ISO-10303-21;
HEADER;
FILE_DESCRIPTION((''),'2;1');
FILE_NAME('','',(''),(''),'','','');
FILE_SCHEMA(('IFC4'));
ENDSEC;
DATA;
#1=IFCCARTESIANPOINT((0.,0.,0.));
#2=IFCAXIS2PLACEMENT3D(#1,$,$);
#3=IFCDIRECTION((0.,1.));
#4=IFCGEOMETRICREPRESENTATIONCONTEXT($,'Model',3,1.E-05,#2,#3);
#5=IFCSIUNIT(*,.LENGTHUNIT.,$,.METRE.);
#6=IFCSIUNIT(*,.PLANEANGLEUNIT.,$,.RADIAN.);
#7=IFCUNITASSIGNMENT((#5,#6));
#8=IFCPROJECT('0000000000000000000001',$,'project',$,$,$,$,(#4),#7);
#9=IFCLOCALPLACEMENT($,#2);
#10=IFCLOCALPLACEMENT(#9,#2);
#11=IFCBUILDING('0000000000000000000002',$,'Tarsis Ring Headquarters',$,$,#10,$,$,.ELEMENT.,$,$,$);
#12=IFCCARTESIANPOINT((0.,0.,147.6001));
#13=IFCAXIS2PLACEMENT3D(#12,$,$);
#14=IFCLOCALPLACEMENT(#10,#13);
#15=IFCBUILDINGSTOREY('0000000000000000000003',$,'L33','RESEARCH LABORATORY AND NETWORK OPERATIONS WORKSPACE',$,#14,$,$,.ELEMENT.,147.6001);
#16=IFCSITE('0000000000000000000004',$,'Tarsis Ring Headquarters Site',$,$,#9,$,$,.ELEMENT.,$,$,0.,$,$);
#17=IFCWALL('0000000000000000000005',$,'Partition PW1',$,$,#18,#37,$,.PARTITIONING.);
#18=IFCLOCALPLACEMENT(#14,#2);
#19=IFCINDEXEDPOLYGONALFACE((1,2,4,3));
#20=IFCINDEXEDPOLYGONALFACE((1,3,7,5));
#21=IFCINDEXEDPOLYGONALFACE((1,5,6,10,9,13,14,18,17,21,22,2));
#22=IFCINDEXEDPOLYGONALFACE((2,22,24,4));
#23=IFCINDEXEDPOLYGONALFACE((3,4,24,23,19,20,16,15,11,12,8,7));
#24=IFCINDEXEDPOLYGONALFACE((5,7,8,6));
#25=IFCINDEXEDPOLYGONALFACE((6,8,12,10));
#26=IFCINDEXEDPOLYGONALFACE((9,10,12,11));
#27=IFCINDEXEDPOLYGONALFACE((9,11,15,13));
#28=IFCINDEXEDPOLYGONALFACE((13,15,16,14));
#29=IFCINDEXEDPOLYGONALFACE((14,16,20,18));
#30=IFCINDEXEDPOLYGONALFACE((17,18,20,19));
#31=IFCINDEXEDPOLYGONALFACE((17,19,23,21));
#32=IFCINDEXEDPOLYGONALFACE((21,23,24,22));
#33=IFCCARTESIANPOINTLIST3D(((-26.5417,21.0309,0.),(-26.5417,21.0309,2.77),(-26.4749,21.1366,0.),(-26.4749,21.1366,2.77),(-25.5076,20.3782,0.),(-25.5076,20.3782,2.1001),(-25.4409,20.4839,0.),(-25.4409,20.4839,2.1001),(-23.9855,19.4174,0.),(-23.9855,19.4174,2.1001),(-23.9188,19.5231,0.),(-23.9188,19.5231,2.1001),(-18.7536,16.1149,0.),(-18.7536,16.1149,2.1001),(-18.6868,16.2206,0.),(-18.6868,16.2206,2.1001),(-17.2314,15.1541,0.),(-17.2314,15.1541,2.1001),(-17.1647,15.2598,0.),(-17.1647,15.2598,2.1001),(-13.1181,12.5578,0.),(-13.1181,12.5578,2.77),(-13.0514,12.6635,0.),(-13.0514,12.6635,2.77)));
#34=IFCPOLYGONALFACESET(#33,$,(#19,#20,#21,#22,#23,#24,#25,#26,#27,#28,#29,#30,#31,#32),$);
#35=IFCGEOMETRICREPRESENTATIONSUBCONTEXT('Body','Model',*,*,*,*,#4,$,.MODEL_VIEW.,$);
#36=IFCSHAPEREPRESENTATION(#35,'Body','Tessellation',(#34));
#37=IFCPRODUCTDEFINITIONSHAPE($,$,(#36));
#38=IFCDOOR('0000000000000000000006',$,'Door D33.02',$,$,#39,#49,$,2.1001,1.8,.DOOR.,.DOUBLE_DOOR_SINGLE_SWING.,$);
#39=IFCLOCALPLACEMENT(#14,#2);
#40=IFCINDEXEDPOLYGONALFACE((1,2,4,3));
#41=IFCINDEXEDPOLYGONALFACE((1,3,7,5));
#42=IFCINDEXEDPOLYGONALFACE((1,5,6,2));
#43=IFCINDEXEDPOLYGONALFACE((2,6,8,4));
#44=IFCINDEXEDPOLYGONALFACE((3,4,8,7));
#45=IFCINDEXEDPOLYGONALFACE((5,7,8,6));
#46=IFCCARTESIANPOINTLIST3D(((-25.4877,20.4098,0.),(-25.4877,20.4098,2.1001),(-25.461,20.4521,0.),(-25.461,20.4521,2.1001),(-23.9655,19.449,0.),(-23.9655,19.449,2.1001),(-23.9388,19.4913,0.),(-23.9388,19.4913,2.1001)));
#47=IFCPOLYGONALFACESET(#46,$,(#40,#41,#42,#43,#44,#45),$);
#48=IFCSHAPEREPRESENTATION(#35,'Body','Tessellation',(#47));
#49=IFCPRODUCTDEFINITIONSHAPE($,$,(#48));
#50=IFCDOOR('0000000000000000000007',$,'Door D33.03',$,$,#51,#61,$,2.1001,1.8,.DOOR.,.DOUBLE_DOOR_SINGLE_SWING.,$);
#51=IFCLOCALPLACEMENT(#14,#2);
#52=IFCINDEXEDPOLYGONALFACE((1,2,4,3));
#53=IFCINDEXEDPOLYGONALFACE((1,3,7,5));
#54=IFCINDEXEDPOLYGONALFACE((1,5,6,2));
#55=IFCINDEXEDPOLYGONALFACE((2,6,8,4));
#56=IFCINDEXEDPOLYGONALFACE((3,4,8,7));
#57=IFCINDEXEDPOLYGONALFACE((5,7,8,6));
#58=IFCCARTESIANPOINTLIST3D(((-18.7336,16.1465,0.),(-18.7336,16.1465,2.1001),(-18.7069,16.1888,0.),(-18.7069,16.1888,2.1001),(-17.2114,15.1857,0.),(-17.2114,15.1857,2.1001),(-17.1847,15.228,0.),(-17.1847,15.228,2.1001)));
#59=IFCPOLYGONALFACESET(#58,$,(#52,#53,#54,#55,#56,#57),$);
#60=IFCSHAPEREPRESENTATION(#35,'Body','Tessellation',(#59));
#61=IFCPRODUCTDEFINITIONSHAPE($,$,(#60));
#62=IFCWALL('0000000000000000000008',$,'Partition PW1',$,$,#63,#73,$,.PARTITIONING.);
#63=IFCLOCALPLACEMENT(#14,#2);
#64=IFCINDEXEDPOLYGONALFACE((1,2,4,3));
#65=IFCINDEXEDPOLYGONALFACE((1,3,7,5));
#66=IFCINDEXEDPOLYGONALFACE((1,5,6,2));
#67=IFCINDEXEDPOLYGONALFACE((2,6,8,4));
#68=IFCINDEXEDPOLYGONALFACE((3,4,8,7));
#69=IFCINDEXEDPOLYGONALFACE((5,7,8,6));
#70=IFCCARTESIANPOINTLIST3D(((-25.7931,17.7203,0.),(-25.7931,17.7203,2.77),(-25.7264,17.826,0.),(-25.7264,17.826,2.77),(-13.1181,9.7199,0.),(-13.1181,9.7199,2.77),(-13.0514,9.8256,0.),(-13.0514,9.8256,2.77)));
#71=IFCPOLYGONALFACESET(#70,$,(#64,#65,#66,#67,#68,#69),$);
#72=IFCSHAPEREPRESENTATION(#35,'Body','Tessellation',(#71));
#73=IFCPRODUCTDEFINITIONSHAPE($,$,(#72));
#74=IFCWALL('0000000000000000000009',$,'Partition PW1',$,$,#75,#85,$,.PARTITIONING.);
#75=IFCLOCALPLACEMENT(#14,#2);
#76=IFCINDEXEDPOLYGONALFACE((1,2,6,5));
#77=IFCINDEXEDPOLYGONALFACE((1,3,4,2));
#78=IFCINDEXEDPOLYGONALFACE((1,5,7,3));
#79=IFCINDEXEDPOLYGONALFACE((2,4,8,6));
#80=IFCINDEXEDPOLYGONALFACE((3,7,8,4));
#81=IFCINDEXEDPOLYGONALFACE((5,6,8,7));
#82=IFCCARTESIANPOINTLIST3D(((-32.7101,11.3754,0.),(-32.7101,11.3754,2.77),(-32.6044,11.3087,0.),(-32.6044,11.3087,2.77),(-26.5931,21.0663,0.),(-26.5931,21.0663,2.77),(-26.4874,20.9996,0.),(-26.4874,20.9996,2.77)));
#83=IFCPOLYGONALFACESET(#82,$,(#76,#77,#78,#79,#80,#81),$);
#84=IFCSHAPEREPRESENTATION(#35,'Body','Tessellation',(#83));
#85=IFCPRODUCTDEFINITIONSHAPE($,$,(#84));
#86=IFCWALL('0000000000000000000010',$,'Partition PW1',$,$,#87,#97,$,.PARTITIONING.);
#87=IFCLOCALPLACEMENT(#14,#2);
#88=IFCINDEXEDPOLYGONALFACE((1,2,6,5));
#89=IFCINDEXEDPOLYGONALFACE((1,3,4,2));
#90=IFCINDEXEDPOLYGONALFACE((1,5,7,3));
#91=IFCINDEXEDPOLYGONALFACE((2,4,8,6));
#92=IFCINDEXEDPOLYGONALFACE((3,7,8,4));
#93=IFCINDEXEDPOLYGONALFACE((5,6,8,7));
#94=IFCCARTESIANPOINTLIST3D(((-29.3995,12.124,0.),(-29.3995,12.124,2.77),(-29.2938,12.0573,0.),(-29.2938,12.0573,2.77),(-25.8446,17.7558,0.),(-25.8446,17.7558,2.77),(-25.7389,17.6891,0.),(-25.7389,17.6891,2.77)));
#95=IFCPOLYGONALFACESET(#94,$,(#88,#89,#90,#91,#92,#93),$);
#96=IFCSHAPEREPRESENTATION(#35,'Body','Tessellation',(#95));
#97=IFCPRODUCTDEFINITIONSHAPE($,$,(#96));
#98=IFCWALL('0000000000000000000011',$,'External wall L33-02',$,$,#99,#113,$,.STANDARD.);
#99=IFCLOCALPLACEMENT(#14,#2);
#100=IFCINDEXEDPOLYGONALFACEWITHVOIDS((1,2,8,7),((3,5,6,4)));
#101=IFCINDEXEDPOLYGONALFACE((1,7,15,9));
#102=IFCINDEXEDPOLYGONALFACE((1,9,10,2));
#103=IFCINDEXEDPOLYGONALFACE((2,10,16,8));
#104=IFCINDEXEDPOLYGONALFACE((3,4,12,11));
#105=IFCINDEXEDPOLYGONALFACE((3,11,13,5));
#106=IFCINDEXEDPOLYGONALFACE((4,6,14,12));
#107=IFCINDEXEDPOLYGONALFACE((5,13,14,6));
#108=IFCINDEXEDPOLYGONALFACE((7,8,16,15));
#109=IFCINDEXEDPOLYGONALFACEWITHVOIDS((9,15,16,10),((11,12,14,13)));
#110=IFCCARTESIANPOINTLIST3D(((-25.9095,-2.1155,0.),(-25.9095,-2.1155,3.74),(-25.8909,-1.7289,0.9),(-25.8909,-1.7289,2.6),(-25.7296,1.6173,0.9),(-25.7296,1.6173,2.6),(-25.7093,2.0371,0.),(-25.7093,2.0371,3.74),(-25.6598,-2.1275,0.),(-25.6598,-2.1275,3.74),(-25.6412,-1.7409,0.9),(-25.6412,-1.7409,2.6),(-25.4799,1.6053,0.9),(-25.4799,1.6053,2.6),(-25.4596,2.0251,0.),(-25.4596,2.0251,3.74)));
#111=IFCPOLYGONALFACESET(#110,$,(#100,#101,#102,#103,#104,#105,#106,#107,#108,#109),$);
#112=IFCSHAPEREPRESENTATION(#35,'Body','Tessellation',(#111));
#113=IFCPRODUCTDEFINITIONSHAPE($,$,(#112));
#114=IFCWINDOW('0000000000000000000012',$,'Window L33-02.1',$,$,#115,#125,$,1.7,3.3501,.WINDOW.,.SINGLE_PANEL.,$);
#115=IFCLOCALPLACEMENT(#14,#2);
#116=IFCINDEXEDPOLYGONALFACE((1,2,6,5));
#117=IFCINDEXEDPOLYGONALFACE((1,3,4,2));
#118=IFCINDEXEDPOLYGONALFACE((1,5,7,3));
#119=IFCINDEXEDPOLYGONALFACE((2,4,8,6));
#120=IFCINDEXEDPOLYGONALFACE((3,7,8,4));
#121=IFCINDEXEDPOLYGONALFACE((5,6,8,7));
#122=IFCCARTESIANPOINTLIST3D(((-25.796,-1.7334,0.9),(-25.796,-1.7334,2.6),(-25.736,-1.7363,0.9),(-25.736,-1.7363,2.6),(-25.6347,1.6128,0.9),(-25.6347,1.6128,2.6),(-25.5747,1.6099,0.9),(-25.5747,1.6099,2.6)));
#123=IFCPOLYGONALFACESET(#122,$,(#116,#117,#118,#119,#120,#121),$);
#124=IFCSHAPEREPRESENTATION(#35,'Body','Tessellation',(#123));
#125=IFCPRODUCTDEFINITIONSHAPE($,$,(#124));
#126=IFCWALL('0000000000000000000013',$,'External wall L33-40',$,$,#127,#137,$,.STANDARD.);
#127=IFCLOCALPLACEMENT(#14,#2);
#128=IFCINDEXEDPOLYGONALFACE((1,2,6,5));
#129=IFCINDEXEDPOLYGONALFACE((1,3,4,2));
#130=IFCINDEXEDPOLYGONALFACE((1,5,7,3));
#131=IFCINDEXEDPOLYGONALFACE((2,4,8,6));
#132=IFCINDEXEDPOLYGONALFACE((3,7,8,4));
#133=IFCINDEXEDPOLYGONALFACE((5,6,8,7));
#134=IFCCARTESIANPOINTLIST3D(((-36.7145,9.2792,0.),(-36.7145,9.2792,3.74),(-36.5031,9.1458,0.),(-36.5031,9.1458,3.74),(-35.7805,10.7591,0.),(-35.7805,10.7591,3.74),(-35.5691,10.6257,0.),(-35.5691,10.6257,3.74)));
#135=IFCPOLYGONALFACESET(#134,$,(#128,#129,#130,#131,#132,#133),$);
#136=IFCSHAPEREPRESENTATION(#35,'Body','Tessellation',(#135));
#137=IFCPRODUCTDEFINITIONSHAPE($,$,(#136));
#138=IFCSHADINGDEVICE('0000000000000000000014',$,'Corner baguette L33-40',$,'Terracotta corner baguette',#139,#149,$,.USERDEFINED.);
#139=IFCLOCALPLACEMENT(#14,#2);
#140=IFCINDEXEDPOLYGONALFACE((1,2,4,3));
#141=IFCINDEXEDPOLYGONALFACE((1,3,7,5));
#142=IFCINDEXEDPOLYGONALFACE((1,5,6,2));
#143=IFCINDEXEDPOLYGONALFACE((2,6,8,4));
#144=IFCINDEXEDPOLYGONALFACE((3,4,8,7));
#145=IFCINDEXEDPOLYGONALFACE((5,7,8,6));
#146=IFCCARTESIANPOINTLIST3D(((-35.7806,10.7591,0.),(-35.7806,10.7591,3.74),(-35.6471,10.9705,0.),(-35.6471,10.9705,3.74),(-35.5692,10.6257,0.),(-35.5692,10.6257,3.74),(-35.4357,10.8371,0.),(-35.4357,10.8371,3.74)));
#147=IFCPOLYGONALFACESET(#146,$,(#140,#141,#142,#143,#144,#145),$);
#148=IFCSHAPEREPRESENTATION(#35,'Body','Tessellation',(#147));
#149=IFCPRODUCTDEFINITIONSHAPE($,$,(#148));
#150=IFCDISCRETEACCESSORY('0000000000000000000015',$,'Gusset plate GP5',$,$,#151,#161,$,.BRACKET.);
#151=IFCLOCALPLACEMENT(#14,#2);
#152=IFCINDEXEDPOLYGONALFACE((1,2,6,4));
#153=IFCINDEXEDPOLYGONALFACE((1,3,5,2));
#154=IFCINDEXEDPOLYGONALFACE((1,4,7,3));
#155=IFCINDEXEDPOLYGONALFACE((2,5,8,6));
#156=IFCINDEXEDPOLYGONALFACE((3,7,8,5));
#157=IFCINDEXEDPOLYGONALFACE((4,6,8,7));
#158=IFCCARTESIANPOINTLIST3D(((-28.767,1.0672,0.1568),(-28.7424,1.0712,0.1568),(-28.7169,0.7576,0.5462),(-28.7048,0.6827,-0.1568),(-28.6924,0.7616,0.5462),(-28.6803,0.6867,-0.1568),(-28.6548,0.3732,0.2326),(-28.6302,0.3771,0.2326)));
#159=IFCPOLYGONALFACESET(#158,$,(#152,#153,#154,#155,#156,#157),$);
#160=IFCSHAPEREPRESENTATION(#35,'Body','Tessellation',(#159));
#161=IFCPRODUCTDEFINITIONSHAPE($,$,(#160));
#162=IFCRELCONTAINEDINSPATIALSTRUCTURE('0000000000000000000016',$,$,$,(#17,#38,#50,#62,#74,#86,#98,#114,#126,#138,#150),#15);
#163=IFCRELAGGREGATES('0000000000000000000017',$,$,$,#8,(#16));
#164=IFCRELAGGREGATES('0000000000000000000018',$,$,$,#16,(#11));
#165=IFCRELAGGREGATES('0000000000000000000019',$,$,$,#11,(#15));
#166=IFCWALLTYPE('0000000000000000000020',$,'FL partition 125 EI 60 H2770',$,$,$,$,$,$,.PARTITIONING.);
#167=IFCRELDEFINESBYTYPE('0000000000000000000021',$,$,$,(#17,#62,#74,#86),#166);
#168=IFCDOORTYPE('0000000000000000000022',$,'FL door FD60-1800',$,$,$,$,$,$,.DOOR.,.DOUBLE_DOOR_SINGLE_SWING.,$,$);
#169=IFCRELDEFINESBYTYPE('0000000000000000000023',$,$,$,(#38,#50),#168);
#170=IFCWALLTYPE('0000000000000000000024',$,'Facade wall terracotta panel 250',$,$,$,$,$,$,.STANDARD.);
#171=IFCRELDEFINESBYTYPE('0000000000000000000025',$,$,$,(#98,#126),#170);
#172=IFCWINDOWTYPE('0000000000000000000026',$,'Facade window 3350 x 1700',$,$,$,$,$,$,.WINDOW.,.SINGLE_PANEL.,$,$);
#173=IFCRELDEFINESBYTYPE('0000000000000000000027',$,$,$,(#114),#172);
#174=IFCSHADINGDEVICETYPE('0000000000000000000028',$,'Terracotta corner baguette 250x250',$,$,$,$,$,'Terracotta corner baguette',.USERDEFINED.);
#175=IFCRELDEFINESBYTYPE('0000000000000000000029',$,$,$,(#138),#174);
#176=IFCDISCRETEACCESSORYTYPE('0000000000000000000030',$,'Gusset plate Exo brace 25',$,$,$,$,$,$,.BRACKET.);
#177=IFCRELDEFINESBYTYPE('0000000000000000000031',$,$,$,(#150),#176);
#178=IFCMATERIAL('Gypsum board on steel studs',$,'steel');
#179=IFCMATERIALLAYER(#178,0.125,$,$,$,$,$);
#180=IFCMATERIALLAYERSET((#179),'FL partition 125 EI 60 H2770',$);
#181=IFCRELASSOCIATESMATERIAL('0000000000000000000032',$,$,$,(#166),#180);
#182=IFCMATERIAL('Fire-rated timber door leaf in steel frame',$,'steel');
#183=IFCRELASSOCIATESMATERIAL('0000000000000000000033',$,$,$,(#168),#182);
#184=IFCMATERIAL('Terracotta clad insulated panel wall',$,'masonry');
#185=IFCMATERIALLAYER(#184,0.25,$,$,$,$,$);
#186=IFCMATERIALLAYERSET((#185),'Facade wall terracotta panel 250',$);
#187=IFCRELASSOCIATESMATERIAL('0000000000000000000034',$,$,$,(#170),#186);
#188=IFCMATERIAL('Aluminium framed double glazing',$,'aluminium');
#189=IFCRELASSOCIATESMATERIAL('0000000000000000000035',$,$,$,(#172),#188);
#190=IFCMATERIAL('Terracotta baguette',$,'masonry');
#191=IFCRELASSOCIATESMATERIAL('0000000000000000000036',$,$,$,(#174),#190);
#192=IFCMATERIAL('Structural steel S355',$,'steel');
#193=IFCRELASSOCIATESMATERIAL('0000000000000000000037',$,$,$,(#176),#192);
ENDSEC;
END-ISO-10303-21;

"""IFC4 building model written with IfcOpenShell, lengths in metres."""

from ifc_helpers import new_model, si_unit, direction, frame, frame_2d, origin, origin_2d, place, context, subcontext, project, spatial, rectangle, extrude, material, layer, layer_set, material_profile, profile_set, type_object, element, fill, save


model = new_model("IFC4")

# Units and contexts
model_context = context("Model", 3, precision=1e-05, world=origin(), true_north=direction((0.0, 1.0)))
body_context = subcontext(model_context, "Body", "Model", "MODEL_VIEW")
ifc_project = project(units=[si_unit("LENGTHUNIT", "METRE"), si_unit("PLANEANGLEUNIT", "RADIAN")], contexts=[model_context])

# Site, building, storey
site_placement = place(None, origin())
site = spatial("IfcSite", under=ifc_project, at=site_placement, Name="Tarsis Ring Headquarters Site", CompositionType="ELEMENT", RefElevation=0.0)
building_placement = place(site_placement, origin())
building = spatial("IfcBuilding", under=site, at=building_placement, Name="Tarsis Ring Headquarters", CompositionType="ELEMENT")
storey_placement = place(building_placement, frame((0.0, 0.0, 147.6001)))
storey = spatial("IfcBuildingStorey", under=building, at=storey_placement, Name="L33", Description="RESEARCH LABORATORY AND NETWORK OPERATIONS WORKSPACE", CompositionType="ELEMENT", Elevation=147.6001)

# Shared definitions
ifc_material_1 = material(Name="Structural steel S355", Category="steel")

# Shared definitions
ifc_material_2 = material(Name="Gypsum board on steel studs", Category="steel")

# Shared definitions
ifc_layer_1 = layer(ifc_material_2, 0.125)
ifc_layer_set_1 = layer_set([ifc_layer_1], Name="FL partition 125 EI 60 H2770")
wall_type_1 = type_object("IfcWallType", Name="FL partition 125 EI 60 H2770", PredefinedType="PARTITIONING", material=ifc_layer_set_1)
ifc_material_3 = material(Name="Fire-rated timber door leaf in steel frame", Category="steel")

# Wall, openings, doors
wall_1_placement = place(storey_placement, frame((-26.5083, 21.0837, 0.0), z_axis=(0.0, 0.0, 1.0), x_axis=(0.845628, -0.533772, 0.0)))
wall_1 = element("IfcWall", 1, at=wall_1_placement, inside=storey, type_object=wall_type_1, Name="Partition PW1", PredefinedType="PARTITIONING", context=body_context, shape_type="SweptSolid", body=[
    extrude(rectangle(XDim=15.874, YDim=0.125, at=frame_2d((7.937, 0.0))), origin(), (0.0, 0.0, 1.0), 2.77),
])
opening_1_placement = place(wall_1_placement, frame((1.2229, 0.0, 0.0)))
opening_1 = element("IfcOpeningElement", 2, at=opening_1_placement, cuts=wall_1, PredefinedType="OPENING", context=body_context, shape_type="SweptSolid", body=[
    extrude(rectangle(XDim=1.8, YDim=2.1001, at=frame_2d((0.8999, 1.05))), frame((0.0, 0.0725, 0.0), z_axis=(0.0, -1.0, 0.0), x_axis=(1.0, 0.0, 0.0)), (0.0, 0.0, 1.0), 0.145),
])
opening_2_placement = place(wall_1_placement, frame((9.21, 0.0, 0.0)))
opening_2 = element("IfcOpeningElement", 3, at=opening_2_placement, cuts=wall_1, PredefinedType="OPENING", context=body_context, shape_type="SweptSolid", body=[
    extrude(rectangle(XDim=1.8, YDim=2.1001, at=frame_2d((0.8999, 1.05))), frame((0.0, 0.0725, 0.0), z_axis=(0.0, -1.0, 0.0), x_axis=(1.0, 0.0, 0.0)), (0.0, 0.0, 1.0), 0.145),
])
door_type_1 = type_object("IfcDoorType", Name="FL door FD60-1800", OperationType="DOUBLE_DOOR_SINGLE_SWING", PredefinedType="DOOR", material=ifc_material_3)
door_1_placement = place(opening_1_placement, origin())
door_1 = element("IfcDoor", 4, at=door_1_placement, inside=storey, type_object=door_type_1, Name="Door D33.02", OperationType="DOUBLE_DOOR_SINGLE_SWING", OverallHeight=2.1001, OverallWidth=1.8, PredefinedType="DOOR", context=body_context, shape_type="SweptSolid", body=[
    extrude(rectangle(XDim=1.8, YDim=2.1001, at=frame_2d((0.8999, 1.05))), frame((0.0, 0.0249, 0.0), z_axis=(0.0, -1.0, 0.0), x_axis=(1.0, 0.0, 0.0)), (0.0, 0.0, 1.0), 0.05),
])
fill(opening_1, door_1)
door_2_placement = place(opening_2_placement, origin())
door_2 = element("IfcDoor", 5, at=door_2_placement, inside=storey, type_object=door_type_1, Name="Door D33.03", OperationType="DOUBLE_DOOR_SINGLE_SWING", OverallHeight=2.1001, OverallWidth=1.8, PredefinedType="DOOR", context=body_context, shape_type="SweptSolid", body=[
    extrude(rectangle(XDim=1.8, YDim=2.1001, at=frame_2d((0.8999, 1.05))), frame((0.0, 0.0249, 0.0), z_axis=(0.0, -1.0, 0.0), x_axis=(1.0, 0.0, 0.0)), (0.0, 0.0, 1.0), 0.05),
])
fill(opening_2, door_2)

# Walls
wall_2_placement = place(storey_placement, frame((-25.7598, 17.7732, 0.0), z_axis=(0.0, 0.0, 1.0), x_axis=(0.845634, -0.533764, 0.0)))
element("IfcWall", 6, at=wall_2_placement, inside=storey, type_object=wall_type_1, Name="Partition PW1", PredefinedType="PARTITIONING", context=body_context, shape_type="SweptSolid", body=[
    extrude(rectangle(XDim=14.9888, YDim=0.125, at=frame_2d((7.4944, 0.0))), origin(), (0.0, 0.0, 1.0), 2.77),
])
wall_3_placement = place(storey_placement, frame((-32.6572, 11.342, 0.0), z_axis=(0.0, 0.0, 1.0), x_axis=(0.533766, 0.845632, 0.0)))
element("IfcWall", 7, at=wall_3_placement, inside=storey, type_object=wall_type_1, Name="Partition PW1", PredefinedType="PARTITIONING", context=body_context, shape_type="SweptSolid", body=[
    extrude(rectangle(XDim=11.46, YDim=0.125, at=frame_2d((5.73, 0.0))), origin(), (0.0, 0.0, 1.0), 2.77),
])
wall_4_placement = place(storey_placement, frame((-29.3467, 12.0906, 0.0), z_axis=(0.0, 0.0, 1.0), x_axis=(0.533776, 0.845626, 0.0)))
element("IfcWall", 8, at=wall_4_placement, inside=storey, type_object=wall_type_1, Name="Partition PW1", PredefinedType="PARTITIONING", context=body_context, shape_type="SweptSolid", body=[
    extrude(rectangle(XDim=6.6599, YDim=0.125, at=frame_2d((3.3301, 0.0))), origin(), (0.0, 0.0, 1.0), 2.77),
])

# Wall, opening, window
ifc_material_4 = material(Name="Terracotta clad insulated panel wall", Category="masonry")
ifc_layer_2 = layer(ifc_material_4, 0.25)
ifc_layer_set_2 = layer_set([ifc_layer_2], Name="Facade wall terracotta panel 250")
wall_type_2 = type_object("IfcWallType", Name="Facade wall terracotta panel 250", PredefinedType="STANDARD", material=ifc_layer_set_2)
wall_5_placement = place(storey_placement, frame((-25.5845, 2.031, 0.0), z_axis=(0.0, 0.0, 1.0), x_axis=(-0.048154, -0.99884, 0.0)))
wall_5 = element("IfcWall", 9, at=wall_5_placement, inside=storey, type_object=wall_type_2, Name="External wall L33-02", PredefinedType="STANDARD", context=body_context, shape_type="SweptSolid", body=[
    extrude(rectangle(XDim=4.1575, YDim=0.25, at=frame_2d((2.0786, 0.0))), origin(), (0.0, 0.0, 1.0), 3.74),
])
opening_3_placement = place(wall_5_placement, frame((0.4202, 0.0, 0.8999)))
opening_3 = element("IfcOpeningElement", 10, at=opening_3_placement, cuts=wall_5, PredefinedType="OPENING", context=body_context, shape_type="SweptSolid", body=[
    extrude(rectangle(XDim=3.3501, YDim=1.7, at=frame_2d((1.675, 0.8501))), frame((0.0, 0.135, 0.0), z_axis=(0.0, -1.0, 0.0), x_axis=(1.0, 0.0, 0.0)), (0.0, 0.0, 1.0), 0.27),
])
ifc_material_5 = material(Name="Aluminium framed double glazing", Category="aluminium")
window_type = type_object("IfcWindowType", Name="Facade window 3350 x 1700", PartitioningType="SINGLE_PANEL", PredefinedType="WINDOW", material=ifc_material_5)
window_placement = place(opening_3_placement, origin())
window = element("IfcWindow", 11, at=window_placement, inside=storey, type_object=window_type, Name="Window L33-02.1", OverallHeight=1.7, OverallWidth=3.3501, PartitioningType="SINGLE_PANEL", PredefinedType="WINDOW", context=body_context, shape_type="SweptSolid", body=[
    extrude(rectangle(XDim=3.3501, YDim=1.7, at=frame_2d((1.675, 0.8501))), frame((0.0, 0.03, 0.0), z_axis=(0.0, -1.0, 0.0), x_axis=(1.0, 0.0, 0.0)), (0.0, 0.0, 1.0), 0.0601),
])
fill(opening_3, window)

# Wall
wall_6_placement = place(storey_placement, frame((-35.6748, 10.6924, 0.0), z_axis=(0.0, 0.0, 1.0), x_axis=(-0.533731, -0.845655, 0.0)))
element("IfcWall", 12, at=wall_6_placement, inside=storey, type_object=wall_type_2, Name="External wall L33-40", PredefinedType="STANDARD", context=body_context, shape_type="SweptSolid", body=[
    extrude(rectangle(XDim=1.75, YDim=0.25, at=frame_2d((0.875, 0.0))), origin(), (0.0, 0.0, 1.0), 3.74),
])

# Shading device
ifc_material_6 = material(Name="Terracotta baguette", Category="masonry")
shading_device_type_1 = type_object("IfcShadingDeviceType", Name="Terracotta corner baguette 250x250", ElementType="Terracotta corner baguette", PredefinedType="USERDEFINED", material=ifc_material_6)
shading_device_1_placement = place(storey_placement, frame((-35.6082, 10.7981, 0.0), z_axis=(0.0, 0.0, 1.0), x_axis=(0.845634, -0.533762, 0.0)))
element("IfcShadingDevice", 13, at=shading_device_1_placement, inside=storey, type_object=shading_device_type_1, Name="Corner baguette L33-40", ObjectType="Terracotta corner baguette", PredefinedType="USERDEFINED", context=body_context, shape_type="SweptSolid", body=[
    extrude(rectangle(XDim=0.25, YDim=0.25, at=origin_2d()), origin(), (0.0, 0.0, 1.0), 3.74),
])

# Discrete accessory
ifc_material_profile_1 = material_profile(ifc_material_1, rectangle(XDim=0.0249, YDim=0.5, at=origin_2d()), Name="PL 25x500")
ifc_profile_set_1 = profile_set([ifc_material_profile_1], Name="Structural steel S355")
discrete_accessory_type = type_object("IfcDiscreteAccessoryType", Name="Gusset plate Exo brace 25", PredefinedType="BRACKET", material=ifc_profile_set_1)
discrete_accessory_placement = place(storey_placement, frame((-28.7236, 0.877, 0.0), z_axis=(0.100103, -0.619172, 0.778849), x_axis=(0.987182, 0.1596, 0.0)))
element("IfcDiscreteAccessory", 14, at=discrete_accessory_placement, inside=storey, type_object=discrete_accessory_type, Name="Gusset plate GP5", PredefinedType="BRACKET", context=body_context, shape_type="SweptSolid", body=[
    extrude(rectangle(XDim=0.0249, YDim=0.5, at=origin_2d()), origin(), (0.0, 0.0, 1.0), 0.5),
])

save(model, "model.ifc")
